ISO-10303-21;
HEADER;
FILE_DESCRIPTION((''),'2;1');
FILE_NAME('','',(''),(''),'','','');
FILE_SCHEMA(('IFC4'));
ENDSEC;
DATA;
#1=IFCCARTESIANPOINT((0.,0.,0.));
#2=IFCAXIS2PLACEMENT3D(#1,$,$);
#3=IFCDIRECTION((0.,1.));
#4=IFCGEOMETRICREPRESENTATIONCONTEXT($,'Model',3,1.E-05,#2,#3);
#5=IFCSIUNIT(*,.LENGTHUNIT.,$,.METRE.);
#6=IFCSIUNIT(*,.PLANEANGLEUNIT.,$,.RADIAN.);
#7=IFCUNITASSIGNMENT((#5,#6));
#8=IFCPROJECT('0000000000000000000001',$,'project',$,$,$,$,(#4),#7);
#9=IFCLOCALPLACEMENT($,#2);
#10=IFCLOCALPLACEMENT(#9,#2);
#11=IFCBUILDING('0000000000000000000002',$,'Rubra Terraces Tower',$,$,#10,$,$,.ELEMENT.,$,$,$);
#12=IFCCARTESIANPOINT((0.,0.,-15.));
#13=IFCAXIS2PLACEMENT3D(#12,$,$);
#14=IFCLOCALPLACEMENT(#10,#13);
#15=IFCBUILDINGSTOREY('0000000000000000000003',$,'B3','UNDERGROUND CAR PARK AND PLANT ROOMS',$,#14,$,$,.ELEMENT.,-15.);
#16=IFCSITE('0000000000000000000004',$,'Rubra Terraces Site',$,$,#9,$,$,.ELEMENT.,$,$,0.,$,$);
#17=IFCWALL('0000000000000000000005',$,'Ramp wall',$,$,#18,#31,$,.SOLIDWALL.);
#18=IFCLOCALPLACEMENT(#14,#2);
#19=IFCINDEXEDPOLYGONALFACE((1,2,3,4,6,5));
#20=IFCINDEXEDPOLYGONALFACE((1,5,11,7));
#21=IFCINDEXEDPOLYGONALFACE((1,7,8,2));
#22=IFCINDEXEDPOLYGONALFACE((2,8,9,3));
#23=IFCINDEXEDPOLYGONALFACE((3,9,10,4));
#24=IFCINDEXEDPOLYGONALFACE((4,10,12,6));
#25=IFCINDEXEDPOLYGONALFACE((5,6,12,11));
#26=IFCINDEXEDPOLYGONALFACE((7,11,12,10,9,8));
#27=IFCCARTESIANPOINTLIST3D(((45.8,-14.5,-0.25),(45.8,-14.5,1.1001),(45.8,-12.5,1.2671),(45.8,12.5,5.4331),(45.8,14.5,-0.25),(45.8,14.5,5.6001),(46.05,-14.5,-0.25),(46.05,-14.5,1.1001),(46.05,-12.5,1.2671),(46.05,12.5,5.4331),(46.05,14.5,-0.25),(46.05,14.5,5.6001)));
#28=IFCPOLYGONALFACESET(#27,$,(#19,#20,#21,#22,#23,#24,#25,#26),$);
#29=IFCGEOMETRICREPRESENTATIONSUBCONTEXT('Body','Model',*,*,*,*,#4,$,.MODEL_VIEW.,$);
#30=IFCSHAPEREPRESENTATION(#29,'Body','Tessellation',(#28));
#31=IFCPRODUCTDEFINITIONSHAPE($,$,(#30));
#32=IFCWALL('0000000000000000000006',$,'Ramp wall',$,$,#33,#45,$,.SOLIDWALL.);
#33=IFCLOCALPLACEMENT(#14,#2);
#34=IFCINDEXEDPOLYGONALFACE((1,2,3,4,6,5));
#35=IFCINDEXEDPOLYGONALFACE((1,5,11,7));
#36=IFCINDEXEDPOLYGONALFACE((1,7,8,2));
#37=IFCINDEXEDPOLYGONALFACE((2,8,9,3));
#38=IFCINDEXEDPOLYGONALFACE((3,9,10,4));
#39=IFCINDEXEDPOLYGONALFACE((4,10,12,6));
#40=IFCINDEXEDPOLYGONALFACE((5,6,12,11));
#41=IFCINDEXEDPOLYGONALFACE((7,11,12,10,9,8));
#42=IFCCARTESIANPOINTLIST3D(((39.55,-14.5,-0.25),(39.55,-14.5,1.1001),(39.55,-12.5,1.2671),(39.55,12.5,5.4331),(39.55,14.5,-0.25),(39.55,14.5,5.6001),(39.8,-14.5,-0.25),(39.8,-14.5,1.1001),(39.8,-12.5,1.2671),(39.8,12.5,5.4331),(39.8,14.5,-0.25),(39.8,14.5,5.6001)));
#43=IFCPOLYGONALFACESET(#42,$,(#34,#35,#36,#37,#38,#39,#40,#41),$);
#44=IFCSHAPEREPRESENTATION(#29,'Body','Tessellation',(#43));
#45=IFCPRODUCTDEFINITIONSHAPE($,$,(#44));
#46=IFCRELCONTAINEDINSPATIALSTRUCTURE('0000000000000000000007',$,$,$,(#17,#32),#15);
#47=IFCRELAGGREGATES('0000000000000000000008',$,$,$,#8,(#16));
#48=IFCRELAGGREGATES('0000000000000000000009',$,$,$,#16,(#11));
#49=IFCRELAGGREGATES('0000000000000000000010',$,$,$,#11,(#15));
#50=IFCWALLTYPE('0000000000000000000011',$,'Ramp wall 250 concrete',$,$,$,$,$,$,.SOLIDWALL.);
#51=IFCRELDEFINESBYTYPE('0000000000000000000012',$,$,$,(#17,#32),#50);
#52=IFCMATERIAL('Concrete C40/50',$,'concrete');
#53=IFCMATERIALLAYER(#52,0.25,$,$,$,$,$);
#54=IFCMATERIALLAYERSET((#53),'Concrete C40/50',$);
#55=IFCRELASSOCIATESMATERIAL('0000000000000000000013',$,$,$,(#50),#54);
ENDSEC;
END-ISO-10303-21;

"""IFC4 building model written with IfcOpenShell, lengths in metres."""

from ifc_helpers import new_model, si_unit, direction, frame, origin, place, context, subcontext, project, spatial, polyline, outline, extrude, material, layer, layer_set, type_object, element, save


model = new_model("IFC4")

# Units and contexts
model_context = context("Model", 3, precision=1e-05, world=origin(), true_north=direction((0.0, 1.0)))
body_context = subcontext(model_context, "Body", "Model", "MODEL_VIEW")
ifc_project = project(units=[si_unit("LENGTHUNIT", "METRE"), si_unit("PLANEANGLEUNIT", "RADIAN")], contexts=[model_context])

# Site, building, storey
site_placement = place(None, origin())
site = spatial("IfcSite", under=ifc_project, at=site_placement, Name="Rubra Terraces Site", CompositionType="ELEMENT", RefElevation=0.0)
building_placement = place(site_placement, origin())
building = spatial("IfcBuilding", under=site, at=building_placement, Name="Rubra Terraces Tower", CompositionType="ELEMENT")
storey_placement = place(building_placement, frame((0.0, 0.0, -15.0)))
storey = spatial("IfcBuildingStorey", under=building, at=storey_placement, Name="B3", Description="UNDERGROUND CAR PARK AND PLANT ROOMS", CompositionType="ELEMENT", Elevation=-15.0)

# Shared definitions
ifc_material_1 = material(Name="Concrete C40/50", Category="concrete")

# Walls
ifc_layer_1 = layer(ifc_material_1, 0.25)
ifc_layer_set_1 = layer_set([ifc_layer_1], Name="Concrete C40/50")
wall_type_1 = type_object("IfcWallType", Name="Ramp wall 250 concrete", PredefinedType="SOLIDWALL", material=ifc_layer_set_1)
for number, where, z_axis, x_axis, name in (
    (1, (45.925, -14.5, -0.25), (0.0, 0.0, 1.0), (0.0, 1.0, 0.0), "Ramp wall"),
    (2, (39.675, -14.5, -0.25), (0.0, 0.0, 1.0), (0.0, 1.0, 0.0), "Ramp wall"),
):
    element("IfcWall", number, at=place(storey_placement, frame(where, z_axis=z_axis, x_axis=x_axis)), inside=storey, type_object=wall_type_1, Name=name, PredefinedType="SOLIDWALL", context=body_context, shape_type="SweptSolid", body=[
        extrude(outline(polyline([(0.0, 0.0), (29.0, 0.0), (29.0, 5.8501), (27.0, 5.6831), (2.0, 1.5171), (0.0, 1.3501), (0.0, 0.0)])), frame((0.0, 0.125, 0.0), z_axis=(0.0, -1.0, 0.0), x_axis=(1.0, 0.0, 0.0)), (0.0, 0.0, 1.0), 0.25),
    ])

save(model, "model.ifc")
